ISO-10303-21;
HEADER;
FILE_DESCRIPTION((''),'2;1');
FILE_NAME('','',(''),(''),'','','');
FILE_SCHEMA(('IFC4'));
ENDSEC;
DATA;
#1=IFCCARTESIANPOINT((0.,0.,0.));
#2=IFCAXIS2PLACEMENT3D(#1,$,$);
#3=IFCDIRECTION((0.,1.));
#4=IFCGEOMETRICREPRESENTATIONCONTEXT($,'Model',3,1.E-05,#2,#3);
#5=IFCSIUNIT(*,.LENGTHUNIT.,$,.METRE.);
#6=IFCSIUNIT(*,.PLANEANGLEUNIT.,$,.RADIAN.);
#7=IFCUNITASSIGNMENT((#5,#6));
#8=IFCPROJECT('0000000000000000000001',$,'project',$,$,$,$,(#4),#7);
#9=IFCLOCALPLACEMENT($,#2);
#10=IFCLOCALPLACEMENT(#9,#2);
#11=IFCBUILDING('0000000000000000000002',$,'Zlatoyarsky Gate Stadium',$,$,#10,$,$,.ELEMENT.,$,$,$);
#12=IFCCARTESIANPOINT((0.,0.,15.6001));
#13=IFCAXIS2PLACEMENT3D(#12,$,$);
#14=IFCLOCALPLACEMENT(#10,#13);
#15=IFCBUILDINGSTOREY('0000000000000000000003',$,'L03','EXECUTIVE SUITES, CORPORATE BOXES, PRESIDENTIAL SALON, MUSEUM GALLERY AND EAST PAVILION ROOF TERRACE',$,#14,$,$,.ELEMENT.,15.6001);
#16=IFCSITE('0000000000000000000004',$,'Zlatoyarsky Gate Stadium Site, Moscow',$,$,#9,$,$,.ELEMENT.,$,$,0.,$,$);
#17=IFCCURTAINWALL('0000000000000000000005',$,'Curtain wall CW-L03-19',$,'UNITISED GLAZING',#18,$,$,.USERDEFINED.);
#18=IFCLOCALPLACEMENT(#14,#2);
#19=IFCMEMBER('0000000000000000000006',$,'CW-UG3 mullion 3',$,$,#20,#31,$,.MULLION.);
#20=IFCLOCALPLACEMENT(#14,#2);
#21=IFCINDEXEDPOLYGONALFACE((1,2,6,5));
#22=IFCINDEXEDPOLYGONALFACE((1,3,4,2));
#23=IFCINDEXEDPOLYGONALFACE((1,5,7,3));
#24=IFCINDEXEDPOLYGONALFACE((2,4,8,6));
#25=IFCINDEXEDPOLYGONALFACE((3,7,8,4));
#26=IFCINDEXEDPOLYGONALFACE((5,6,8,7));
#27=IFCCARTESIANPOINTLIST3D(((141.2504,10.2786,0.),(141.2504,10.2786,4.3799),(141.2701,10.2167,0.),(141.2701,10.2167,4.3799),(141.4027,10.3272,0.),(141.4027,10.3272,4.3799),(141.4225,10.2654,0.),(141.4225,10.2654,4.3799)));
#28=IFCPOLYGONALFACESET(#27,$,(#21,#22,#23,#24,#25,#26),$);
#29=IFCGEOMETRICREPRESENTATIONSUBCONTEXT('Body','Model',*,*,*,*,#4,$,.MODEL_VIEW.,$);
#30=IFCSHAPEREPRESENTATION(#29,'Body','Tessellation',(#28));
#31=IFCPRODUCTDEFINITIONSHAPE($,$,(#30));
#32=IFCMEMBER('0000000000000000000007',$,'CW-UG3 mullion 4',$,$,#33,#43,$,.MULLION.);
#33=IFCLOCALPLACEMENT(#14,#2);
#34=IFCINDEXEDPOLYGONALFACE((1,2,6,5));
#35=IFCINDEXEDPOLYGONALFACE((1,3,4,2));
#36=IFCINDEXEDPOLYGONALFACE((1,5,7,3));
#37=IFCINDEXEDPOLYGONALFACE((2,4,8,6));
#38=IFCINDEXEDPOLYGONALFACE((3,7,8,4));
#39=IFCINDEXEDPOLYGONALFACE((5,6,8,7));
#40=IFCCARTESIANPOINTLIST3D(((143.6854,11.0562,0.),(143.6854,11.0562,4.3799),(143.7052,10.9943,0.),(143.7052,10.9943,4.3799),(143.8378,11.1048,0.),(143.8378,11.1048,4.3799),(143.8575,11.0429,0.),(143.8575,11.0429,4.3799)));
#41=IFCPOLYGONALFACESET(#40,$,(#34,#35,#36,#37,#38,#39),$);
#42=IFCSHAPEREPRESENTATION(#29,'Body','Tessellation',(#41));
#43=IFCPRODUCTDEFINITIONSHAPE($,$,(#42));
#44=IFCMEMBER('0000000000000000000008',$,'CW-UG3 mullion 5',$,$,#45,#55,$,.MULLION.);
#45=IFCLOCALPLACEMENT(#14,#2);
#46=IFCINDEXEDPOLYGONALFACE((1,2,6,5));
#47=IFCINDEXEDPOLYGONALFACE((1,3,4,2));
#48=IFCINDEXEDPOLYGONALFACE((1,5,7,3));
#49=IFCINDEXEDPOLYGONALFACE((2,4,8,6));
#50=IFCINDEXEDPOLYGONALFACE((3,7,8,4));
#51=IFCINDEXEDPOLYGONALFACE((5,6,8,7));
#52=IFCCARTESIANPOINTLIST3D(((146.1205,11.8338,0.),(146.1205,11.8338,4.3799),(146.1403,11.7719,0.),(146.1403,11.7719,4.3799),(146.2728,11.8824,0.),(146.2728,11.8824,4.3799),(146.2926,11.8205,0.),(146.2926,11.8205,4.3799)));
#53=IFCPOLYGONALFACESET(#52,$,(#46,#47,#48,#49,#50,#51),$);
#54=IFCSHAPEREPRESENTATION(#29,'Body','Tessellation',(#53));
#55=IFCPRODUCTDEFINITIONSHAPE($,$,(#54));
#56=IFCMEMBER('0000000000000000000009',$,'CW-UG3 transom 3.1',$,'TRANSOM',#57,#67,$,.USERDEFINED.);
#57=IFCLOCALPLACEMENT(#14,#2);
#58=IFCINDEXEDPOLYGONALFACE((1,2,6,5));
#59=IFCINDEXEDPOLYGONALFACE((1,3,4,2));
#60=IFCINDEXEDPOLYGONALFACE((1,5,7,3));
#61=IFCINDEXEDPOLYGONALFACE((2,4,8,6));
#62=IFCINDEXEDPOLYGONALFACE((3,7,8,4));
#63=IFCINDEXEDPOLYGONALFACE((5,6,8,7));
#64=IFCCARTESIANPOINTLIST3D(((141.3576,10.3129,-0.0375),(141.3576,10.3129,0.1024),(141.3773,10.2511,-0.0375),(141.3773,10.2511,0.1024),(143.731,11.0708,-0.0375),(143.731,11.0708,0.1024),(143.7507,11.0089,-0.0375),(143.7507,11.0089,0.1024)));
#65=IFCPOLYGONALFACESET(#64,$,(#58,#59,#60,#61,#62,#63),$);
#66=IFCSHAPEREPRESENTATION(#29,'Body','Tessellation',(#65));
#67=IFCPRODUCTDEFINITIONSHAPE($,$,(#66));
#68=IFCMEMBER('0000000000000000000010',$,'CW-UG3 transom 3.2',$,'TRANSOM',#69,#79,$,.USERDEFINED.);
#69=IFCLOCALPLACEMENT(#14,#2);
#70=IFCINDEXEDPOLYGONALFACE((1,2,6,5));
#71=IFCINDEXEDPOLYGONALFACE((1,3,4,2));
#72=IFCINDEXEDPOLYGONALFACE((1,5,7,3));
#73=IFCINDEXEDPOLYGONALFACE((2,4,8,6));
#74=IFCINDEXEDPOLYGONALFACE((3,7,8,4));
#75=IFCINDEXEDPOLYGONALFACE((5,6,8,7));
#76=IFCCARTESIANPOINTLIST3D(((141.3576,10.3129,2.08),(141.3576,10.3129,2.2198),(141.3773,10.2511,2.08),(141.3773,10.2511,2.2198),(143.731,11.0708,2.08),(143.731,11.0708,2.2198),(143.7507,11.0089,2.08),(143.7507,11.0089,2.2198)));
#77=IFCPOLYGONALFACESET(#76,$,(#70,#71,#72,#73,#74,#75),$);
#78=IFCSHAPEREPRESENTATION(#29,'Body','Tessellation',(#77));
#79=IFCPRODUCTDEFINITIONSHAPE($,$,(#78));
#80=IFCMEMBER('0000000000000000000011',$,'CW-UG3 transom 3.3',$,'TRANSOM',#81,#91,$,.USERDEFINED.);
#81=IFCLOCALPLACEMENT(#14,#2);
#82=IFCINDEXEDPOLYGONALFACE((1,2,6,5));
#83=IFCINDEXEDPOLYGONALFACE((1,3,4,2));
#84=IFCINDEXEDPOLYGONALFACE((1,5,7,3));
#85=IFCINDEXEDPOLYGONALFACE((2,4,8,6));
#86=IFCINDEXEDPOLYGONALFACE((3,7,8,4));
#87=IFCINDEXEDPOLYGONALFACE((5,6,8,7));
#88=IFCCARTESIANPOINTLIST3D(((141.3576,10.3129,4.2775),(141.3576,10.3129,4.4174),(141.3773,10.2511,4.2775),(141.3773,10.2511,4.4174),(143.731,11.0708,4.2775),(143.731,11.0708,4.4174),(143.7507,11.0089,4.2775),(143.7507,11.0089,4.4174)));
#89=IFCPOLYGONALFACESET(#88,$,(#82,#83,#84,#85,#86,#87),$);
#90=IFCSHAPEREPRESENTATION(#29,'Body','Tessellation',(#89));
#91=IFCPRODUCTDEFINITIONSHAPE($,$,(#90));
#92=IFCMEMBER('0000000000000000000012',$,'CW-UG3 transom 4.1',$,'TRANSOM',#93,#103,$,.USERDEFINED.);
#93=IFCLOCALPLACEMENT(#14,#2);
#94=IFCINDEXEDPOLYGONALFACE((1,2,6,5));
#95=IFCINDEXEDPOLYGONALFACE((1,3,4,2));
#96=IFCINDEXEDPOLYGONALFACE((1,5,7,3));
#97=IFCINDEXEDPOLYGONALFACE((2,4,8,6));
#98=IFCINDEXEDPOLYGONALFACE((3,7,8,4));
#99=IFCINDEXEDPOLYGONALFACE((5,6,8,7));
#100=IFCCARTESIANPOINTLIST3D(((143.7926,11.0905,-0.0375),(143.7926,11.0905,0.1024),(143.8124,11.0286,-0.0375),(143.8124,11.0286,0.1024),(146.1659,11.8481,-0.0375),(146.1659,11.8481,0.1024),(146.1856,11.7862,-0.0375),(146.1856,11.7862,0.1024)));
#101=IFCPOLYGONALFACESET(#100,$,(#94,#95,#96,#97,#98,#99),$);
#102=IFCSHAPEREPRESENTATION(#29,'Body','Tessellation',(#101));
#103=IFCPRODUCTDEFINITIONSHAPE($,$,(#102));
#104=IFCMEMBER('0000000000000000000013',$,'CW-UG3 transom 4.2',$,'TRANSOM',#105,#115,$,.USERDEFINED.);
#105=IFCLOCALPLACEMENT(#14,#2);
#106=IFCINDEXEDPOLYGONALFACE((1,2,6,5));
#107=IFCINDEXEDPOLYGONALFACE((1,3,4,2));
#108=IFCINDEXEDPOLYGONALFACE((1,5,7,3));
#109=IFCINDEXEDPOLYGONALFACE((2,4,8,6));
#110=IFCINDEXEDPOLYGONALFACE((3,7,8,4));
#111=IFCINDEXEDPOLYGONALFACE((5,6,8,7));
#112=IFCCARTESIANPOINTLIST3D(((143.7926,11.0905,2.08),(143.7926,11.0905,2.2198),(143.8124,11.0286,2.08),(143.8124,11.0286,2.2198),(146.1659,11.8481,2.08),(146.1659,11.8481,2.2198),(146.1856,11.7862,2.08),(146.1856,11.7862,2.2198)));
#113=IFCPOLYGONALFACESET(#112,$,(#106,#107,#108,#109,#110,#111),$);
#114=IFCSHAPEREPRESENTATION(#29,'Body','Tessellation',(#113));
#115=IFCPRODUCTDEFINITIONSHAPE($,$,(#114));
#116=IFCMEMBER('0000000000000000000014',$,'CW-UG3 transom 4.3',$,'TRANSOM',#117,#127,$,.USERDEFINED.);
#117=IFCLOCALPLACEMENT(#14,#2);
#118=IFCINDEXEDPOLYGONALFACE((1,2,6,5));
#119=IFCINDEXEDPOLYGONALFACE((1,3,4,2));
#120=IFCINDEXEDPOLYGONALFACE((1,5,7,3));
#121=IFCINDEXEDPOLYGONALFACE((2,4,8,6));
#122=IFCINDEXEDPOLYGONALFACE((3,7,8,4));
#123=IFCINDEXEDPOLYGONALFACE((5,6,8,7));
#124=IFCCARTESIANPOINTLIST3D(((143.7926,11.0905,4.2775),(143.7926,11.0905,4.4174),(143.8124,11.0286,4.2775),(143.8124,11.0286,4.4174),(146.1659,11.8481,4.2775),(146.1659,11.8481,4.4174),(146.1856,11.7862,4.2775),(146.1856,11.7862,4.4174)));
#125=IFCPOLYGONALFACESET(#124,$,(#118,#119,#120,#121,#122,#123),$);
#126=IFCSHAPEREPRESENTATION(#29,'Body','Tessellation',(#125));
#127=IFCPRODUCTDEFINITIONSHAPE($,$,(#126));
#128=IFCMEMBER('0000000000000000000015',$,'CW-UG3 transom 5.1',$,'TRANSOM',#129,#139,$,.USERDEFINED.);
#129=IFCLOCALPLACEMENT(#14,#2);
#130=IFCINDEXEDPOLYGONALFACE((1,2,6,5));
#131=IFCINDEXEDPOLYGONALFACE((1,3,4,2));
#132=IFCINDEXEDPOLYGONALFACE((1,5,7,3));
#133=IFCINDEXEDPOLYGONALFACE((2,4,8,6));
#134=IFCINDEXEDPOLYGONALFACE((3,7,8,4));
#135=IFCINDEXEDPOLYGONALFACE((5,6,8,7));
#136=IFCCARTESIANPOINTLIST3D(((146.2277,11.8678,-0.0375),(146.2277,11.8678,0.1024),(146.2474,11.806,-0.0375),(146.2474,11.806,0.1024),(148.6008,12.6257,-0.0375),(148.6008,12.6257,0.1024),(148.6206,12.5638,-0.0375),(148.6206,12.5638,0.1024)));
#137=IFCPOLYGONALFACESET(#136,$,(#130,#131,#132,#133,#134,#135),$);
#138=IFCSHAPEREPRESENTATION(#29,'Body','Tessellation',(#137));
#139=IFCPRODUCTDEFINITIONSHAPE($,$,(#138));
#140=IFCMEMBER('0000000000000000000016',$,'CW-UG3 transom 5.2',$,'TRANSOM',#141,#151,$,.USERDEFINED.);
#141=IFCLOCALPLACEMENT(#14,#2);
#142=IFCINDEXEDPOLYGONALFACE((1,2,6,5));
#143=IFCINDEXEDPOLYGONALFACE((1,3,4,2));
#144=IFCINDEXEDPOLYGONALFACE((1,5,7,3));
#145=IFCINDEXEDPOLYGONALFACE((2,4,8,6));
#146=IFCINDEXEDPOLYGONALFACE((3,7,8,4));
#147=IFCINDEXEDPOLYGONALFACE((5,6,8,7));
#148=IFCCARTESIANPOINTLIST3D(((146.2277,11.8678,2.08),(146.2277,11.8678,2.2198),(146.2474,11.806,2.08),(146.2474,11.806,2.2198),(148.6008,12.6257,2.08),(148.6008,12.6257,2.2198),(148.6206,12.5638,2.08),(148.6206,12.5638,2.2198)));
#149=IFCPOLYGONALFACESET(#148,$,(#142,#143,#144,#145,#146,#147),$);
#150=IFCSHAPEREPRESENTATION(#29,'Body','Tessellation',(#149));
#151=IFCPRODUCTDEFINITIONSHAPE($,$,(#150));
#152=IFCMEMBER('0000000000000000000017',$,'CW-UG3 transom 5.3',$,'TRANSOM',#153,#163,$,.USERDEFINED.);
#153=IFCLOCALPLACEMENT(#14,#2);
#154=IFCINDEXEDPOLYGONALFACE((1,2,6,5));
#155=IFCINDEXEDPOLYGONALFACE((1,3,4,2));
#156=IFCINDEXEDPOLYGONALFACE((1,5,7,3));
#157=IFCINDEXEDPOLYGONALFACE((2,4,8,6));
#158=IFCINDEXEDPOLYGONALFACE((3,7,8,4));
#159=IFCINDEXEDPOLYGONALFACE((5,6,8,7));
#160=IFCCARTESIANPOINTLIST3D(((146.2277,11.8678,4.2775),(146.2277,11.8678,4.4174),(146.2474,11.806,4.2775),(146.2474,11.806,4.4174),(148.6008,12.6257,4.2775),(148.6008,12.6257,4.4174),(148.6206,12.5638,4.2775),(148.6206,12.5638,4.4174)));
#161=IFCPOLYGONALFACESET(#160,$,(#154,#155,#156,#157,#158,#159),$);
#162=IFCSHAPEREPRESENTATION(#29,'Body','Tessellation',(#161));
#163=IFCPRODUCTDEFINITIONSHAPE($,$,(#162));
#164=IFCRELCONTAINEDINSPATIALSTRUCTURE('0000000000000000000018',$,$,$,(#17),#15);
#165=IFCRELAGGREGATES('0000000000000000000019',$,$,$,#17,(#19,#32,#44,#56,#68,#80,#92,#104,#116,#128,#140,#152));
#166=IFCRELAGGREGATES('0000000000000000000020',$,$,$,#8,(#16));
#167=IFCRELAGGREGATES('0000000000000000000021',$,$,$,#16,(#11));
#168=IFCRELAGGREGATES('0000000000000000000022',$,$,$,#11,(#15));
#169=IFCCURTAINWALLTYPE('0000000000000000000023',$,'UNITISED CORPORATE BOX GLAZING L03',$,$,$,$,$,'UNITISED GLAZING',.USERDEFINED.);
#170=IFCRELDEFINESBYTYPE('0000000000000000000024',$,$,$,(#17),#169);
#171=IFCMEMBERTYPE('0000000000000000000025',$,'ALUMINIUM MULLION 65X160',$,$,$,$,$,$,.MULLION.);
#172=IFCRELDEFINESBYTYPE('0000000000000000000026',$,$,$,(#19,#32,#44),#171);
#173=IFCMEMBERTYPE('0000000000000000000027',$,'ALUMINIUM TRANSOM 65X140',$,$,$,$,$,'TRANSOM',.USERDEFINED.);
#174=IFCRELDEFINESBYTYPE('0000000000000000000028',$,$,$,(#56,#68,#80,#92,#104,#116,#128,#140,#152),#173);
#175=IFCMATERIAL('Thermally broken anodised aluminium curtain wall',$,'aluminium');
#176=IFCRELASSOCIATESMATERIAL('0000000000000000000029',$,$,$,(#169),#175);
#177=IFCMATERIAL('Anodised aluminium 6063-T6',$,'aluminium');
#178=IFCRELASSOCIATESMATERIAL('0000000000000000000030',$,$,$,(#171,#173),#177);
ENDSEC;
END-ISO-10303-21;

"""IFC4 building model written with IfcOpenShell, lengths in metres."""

from ifc_helpers import new_model, si_unit, direction, frame, origin, origin_2d, place, context, subcontext, project, spatial, rectangle, extrude, material, material_profile, profile_set, type_object, element, aggregate, save


model = new_model("IFC4")

# Units and contexts
model_context = context("Model", 3, precision=1e-05, world=origin(), true_north=direction((0.0, 1.0)))
body_context = subcontext(model_context, "Body", "Model", "MODEL_VIEW")
ifc_project = project(units=[si_unit("LENGTHUNIT", "METRE"), si_unit("PLANEANGLEUNIT", "RADIAN")], contexts=[model_context])

# Site, building, storey
site_placement = place(None, origin())
site = spatial("IfcSite", under=ifc_project, at=site_placement, Name="Zlatoyarsky Gate Stadium Site, Moscow", CompositionType="ELEMENT", RefElevation=0.0)
building_placement = place(site_placement, origin())
building = spatial("IfcBuilding", under=site, at=building_placement, Name="Zlatoyarsky Gate Stadium", CompositionType="ELEMENT")
storey_placement = place(building_placement, frame((0.0, 0.0, 15.6001)))
storey = spatial("IfcBuildingStorey", under=building, at=storey_placement, Name="L03", Description="EXECUTIVE SUITES, CORPORATE BOXES, PRESIDENTIAL SALON, MUSEUM GALLERY AND EAST PAVILION ROOF TERRACE", CompositionType="ELEMENT", Elevation=15.6001)

# Curtain wall, members
ifc_material_1 = material(Name="Thermally broken anodised aluminium curtain wall", Category="aluminium")
curtain_wall_type = type_object("IfcCurtainWallType", Name="UNITISED CORPORATE BOX GLAZING L03", ElementType="UNITISED GLAZING", PredefinedType="USERDEFINED", material=ifc_material_1)
curtain_wall_placement = place(storey_placement, origin())
curtain_wall = element("IfcCurtainWall", 1, at=curtain_wall_placement, inside=storey, type_object=curtain_wall_type, Name="Curtain wall CW-L03-19", ObjectType="UNITISED GLAZING", PredefinedType="USERDEFINED")
ifc_material_2 = material(Name="Anodised aluminium 6063-T6", Category="aluminium")
ifc_material_profile_1 = material_profile(ifc_material_2, rectangle(XDim=0.0649, YDim=0.1599, at=origin_2d()), Name="ALU 65X160")
ifc_profile_set_1 = profile_set([ifc_material_profile_1], Name="Anodised aluminium 6063-T6")
member_type_1 = type_object("IfcMemberType", Name="ALUMINIUM MULLION 65X160", PredefinedType="MULLION", material=ifc_profile_set_1)
member_1_placement = place(storey_placement, frame((141.3364, 10.272, 0.0), z_axis=(0.0, 0.0, 1.0), x_axis=(-0.304162, 0.95262, 0.0)))
member_1 = element("IfcMember", 2, at=member_1_placement, type_object=member_type_1, Name="CW-UG3 mullion 3", PredefinedType="MULLION", context=body_context, shape_type="SweptSolid", body=[
    extrude(rectangle(XDim=0.0649, YDim=0.1599, at=origin_2d()), origin(), (0.0, 0.0, 1.0), 4.3799),
])
member_2_placement = place(storey_placement, frame((143.7715, 11.0496, 0.0), z_axis=(0.0, 0.0, 1.0), x_axis=(-0.304162, 0.95262, 0.0)))
member_2 = element("IfcMember", 3, at=member_2_placement, type_object=member_type_1, Name="CW-UG3 mullion 4", PredefinedType="MULLION", context=body_context, shape_type="SweptSolid", body=[
    extrude(rectangle(XDim=0.0649, YDim=0.1599, at=origin_2d()), origin(), (0.0, 0.0, 1.0), 4.3799),
])
member_3_placement = place(storey_placement, frame((146.2065, 11.8271, 0.0), z_axis=(0.0, 0.0, 1.0), x_axis=(-0.304162, 0.95262, 0.0)))
member_3 = element("IfcMember", 4, at=member_3_placement, type_object=member_type_1, Name="CW-UG3 mullion 5", PredefinedType="MULLION", context=body_context, shape_type="SweptSolid", body=[
    extrude(rectangle(XDim=0.0649, YDim=0.1599, at=origin_2d()), origin(), (0.0, 0.0, 1.0), 4.3799),
])
ifc_material_profile_2 = material_profile(ifc_material_2, rectangle(XDim=0.0649, YDim=0.1399, at=origin_2d()), Name="ALU 65X140")
ifc_profile_set_2 = profile_set([ifc_material_profile_2], Name="Anodised aluminium 6063-T6")
member_type_2 = type_object("IfcMemberType", Name="ALUMINIUM TRANSOM 65X140", ElementType="TRANSOM", PredefinedType="USERDEFINED", material=ifc_profile_set_2)
member_4_placement = place(storey_placement, frame((141.3674, 10.282, 0.0325), z_axis=(0.952615, 0.304178, 0.0), x_axis=(-0.304178, 0.952615, 0.0)))
member_4 = element("IfcMember", 5, at=member_4_placement, type_object=member_type_2, Name="CW-UG3 transom 3.1", ObjectType="TRANSOM", PredefinedType="USERDEFINED", context=body_context, shape_type="SweptSolid", body=[
    extrude(rectangle(XDim=0.0649, YDim=0.1399, at=origin_2d()), origin(), (0.0, 0.0, 1.0), 2.4915),
])
member_5_placement = place(storey_placement, frame((141.3674, 10.282, 2.1499), z_axis=(0.952615, 0.304178, 0.0), x_axis=(-0.304178, 0.952615, 0.0)))
member_5 = element("IfcMember", 6, at=member_5_placement, type_object=member_type_2, Name="CW-UG3 transom 3.2", ObjectType="TRANSOM", PredefinedType="USERDEFINED", context=body_context, shape_type="SweptSolid", body=[
    extrude(rectangle(XDim=0.0649, YDim=0.1399, at=origin_2d()), origin(), (0.0, 0.0, 1.0), 2.4915),
])
member_6_placement = place(storey_placement, frame((141.3674, 10.282, 4.3474), z_axis=(0.952615, 0.304178, 0.0), x_axis=(-0.304178, 0.952615, 0.0)))
member_6 = element("IfcMember", 7, at=member_6_placement, type_object=member_type_2, Name="CW-UG3 transom 3.3", ObjectType="TRANSOM", PredefinedType="USERDEFINED", context=body_context, shape_type="SweptSolid", body=[
    extrude(rectangle(XDim=0.0649, YDim=0.1399, at=origin_2d()), origin(), (0.0, 0.0, 1.0), 2.4915),
])
member_7_placement = place(storey_placement, frame((143.8025, 11.0596, 0.0325), z_axis=(0.952644, 0.304089, 0.0), x_axis=(-0.304089, 0.952644, 0.0)))
member_7 = element("IfcMember", 8, at=member_7_placement, type_object=member_type_2, Name="CW-UG3 transom 4.1", ObjectType="TRANSOM", PredefinedType="USERDEFINED", context=body_context, shape_type="SweptSolid", body=[
    extrude(rectangle(XDim=0.0649, YDim=0.1399, at=origin_2d()), origin(), (0.0, 0.0, 1.0), 2.4912),
])
member_8_placement = place(storey_placement, frame((143.8025, 11.0596, 2.1499), z_axis=(0.952644, 0.304089, 0.0), x_axis=(-0.304089, 0.952644, 0.0)))
member_8 = element("IfcMember", 9, at=member_8_placement, type_object=member_type_2, Name="CW-UG3 transom 4.2", ObjectType="TRANSOM", PredefinedType="USERDEFINED", context=body_context, shape_type="SweptSolid", body=[
    extrude(rectangle(XDim=0.0649, YDim=0.1399, at=origin_2d()), origin(), (0.0, 0.0, 1.0), 2.4912),
])
member_9_placement = place(storey_placement, frame((143.8025, 11.0596, 4.3474), z_axis=(0.952644, 0.304089, 0.0), x_axis=(-0.304089, 0.952644, 0.0)))
member_9 = element("IfcMember", 10, at=member_9_placement, type_object=member_type_2, Name="CW-UG3 transom 4.3", ObjectType="TRANSOM", PredefinedType="USERDEFINED", context=body_context, shape_type="SweptSolid", body=[
    extrude(rectangle(XDim=0.0649, YDim=0.1399, at=origin_2d()), origin(), (0.0, 0.0, 1.0), 2.4912),
])
member_10_placement = place(storey_placement, frame((146.2375, 11.8369, 0.0325), z_axis=(0.952606, 0.304207, 0.0), x_axis=(-0.304207, 0.952606, 0.0)))
member_10 = element("IfcMember", 11, at=member_10_placement, type_object=member_type_2, Name="CW-UG3 transom 5.1", ObjectType="TRANSOM", PredefinedType="USERDEFINED", context=body_context, shape_type="SweptSolid", body=[
    extrude(rectangle(XDim=0.0649, YDim=0.1399, at=origin_2d()), origin(), (0.0, 0.0, 1.0), 2.4912),
])
member_11_placement = place(storey_placement, frame((146.2375, 11.8369, 2.1499), z_axis=(0.952606, 0.304207, 0.0), x_axis=(-0.304207, 0.952606, 0.0)))
member_11 = element("IfcMember", 12, at=member_11_placement, type_object=member_type_2, Name="CW-UG3 transom 5.2", ObjectType="TRANSOM", PredefinedType="USERDEFINED", context=body_context, shape_type="SweptSolid", body=[
    extrude(rectangle(XDim=0.0649, YDim=0.1399, at=origin_2d()), origin(), (0.0, 0.0, 1.0), 2.4912),
])
member_12_placement = place(storey_placement, frame((146.2375, 11.8369, 4.3474), z_axis=(0.952606, 0.304207, 0.0), x_axis=(-0.304207, 0.952606, 0.0)))
member_12 = element("IfcMember", 13, at=member_12_placement, type_object=member_type_2, Name="CW-UG3 transom 5.3", ObjectType="TRANSOM", PredefinedType="USERDEFINED", context=body_context, shape_type="SweptSolid", body=[
    extrude(rectangle(XDim=0.0649, YDim=0.1399, at=origin_2d()), origin(), (0.0, 0.0, 1.0), 2.4912),
])

aggregate(curtain_wall, [member_1, member_2, member_3, member_4, member_5, member_6, member_7, member_8, member_9, member_10, member_11, member_12])

save(model, "model.ifc")
